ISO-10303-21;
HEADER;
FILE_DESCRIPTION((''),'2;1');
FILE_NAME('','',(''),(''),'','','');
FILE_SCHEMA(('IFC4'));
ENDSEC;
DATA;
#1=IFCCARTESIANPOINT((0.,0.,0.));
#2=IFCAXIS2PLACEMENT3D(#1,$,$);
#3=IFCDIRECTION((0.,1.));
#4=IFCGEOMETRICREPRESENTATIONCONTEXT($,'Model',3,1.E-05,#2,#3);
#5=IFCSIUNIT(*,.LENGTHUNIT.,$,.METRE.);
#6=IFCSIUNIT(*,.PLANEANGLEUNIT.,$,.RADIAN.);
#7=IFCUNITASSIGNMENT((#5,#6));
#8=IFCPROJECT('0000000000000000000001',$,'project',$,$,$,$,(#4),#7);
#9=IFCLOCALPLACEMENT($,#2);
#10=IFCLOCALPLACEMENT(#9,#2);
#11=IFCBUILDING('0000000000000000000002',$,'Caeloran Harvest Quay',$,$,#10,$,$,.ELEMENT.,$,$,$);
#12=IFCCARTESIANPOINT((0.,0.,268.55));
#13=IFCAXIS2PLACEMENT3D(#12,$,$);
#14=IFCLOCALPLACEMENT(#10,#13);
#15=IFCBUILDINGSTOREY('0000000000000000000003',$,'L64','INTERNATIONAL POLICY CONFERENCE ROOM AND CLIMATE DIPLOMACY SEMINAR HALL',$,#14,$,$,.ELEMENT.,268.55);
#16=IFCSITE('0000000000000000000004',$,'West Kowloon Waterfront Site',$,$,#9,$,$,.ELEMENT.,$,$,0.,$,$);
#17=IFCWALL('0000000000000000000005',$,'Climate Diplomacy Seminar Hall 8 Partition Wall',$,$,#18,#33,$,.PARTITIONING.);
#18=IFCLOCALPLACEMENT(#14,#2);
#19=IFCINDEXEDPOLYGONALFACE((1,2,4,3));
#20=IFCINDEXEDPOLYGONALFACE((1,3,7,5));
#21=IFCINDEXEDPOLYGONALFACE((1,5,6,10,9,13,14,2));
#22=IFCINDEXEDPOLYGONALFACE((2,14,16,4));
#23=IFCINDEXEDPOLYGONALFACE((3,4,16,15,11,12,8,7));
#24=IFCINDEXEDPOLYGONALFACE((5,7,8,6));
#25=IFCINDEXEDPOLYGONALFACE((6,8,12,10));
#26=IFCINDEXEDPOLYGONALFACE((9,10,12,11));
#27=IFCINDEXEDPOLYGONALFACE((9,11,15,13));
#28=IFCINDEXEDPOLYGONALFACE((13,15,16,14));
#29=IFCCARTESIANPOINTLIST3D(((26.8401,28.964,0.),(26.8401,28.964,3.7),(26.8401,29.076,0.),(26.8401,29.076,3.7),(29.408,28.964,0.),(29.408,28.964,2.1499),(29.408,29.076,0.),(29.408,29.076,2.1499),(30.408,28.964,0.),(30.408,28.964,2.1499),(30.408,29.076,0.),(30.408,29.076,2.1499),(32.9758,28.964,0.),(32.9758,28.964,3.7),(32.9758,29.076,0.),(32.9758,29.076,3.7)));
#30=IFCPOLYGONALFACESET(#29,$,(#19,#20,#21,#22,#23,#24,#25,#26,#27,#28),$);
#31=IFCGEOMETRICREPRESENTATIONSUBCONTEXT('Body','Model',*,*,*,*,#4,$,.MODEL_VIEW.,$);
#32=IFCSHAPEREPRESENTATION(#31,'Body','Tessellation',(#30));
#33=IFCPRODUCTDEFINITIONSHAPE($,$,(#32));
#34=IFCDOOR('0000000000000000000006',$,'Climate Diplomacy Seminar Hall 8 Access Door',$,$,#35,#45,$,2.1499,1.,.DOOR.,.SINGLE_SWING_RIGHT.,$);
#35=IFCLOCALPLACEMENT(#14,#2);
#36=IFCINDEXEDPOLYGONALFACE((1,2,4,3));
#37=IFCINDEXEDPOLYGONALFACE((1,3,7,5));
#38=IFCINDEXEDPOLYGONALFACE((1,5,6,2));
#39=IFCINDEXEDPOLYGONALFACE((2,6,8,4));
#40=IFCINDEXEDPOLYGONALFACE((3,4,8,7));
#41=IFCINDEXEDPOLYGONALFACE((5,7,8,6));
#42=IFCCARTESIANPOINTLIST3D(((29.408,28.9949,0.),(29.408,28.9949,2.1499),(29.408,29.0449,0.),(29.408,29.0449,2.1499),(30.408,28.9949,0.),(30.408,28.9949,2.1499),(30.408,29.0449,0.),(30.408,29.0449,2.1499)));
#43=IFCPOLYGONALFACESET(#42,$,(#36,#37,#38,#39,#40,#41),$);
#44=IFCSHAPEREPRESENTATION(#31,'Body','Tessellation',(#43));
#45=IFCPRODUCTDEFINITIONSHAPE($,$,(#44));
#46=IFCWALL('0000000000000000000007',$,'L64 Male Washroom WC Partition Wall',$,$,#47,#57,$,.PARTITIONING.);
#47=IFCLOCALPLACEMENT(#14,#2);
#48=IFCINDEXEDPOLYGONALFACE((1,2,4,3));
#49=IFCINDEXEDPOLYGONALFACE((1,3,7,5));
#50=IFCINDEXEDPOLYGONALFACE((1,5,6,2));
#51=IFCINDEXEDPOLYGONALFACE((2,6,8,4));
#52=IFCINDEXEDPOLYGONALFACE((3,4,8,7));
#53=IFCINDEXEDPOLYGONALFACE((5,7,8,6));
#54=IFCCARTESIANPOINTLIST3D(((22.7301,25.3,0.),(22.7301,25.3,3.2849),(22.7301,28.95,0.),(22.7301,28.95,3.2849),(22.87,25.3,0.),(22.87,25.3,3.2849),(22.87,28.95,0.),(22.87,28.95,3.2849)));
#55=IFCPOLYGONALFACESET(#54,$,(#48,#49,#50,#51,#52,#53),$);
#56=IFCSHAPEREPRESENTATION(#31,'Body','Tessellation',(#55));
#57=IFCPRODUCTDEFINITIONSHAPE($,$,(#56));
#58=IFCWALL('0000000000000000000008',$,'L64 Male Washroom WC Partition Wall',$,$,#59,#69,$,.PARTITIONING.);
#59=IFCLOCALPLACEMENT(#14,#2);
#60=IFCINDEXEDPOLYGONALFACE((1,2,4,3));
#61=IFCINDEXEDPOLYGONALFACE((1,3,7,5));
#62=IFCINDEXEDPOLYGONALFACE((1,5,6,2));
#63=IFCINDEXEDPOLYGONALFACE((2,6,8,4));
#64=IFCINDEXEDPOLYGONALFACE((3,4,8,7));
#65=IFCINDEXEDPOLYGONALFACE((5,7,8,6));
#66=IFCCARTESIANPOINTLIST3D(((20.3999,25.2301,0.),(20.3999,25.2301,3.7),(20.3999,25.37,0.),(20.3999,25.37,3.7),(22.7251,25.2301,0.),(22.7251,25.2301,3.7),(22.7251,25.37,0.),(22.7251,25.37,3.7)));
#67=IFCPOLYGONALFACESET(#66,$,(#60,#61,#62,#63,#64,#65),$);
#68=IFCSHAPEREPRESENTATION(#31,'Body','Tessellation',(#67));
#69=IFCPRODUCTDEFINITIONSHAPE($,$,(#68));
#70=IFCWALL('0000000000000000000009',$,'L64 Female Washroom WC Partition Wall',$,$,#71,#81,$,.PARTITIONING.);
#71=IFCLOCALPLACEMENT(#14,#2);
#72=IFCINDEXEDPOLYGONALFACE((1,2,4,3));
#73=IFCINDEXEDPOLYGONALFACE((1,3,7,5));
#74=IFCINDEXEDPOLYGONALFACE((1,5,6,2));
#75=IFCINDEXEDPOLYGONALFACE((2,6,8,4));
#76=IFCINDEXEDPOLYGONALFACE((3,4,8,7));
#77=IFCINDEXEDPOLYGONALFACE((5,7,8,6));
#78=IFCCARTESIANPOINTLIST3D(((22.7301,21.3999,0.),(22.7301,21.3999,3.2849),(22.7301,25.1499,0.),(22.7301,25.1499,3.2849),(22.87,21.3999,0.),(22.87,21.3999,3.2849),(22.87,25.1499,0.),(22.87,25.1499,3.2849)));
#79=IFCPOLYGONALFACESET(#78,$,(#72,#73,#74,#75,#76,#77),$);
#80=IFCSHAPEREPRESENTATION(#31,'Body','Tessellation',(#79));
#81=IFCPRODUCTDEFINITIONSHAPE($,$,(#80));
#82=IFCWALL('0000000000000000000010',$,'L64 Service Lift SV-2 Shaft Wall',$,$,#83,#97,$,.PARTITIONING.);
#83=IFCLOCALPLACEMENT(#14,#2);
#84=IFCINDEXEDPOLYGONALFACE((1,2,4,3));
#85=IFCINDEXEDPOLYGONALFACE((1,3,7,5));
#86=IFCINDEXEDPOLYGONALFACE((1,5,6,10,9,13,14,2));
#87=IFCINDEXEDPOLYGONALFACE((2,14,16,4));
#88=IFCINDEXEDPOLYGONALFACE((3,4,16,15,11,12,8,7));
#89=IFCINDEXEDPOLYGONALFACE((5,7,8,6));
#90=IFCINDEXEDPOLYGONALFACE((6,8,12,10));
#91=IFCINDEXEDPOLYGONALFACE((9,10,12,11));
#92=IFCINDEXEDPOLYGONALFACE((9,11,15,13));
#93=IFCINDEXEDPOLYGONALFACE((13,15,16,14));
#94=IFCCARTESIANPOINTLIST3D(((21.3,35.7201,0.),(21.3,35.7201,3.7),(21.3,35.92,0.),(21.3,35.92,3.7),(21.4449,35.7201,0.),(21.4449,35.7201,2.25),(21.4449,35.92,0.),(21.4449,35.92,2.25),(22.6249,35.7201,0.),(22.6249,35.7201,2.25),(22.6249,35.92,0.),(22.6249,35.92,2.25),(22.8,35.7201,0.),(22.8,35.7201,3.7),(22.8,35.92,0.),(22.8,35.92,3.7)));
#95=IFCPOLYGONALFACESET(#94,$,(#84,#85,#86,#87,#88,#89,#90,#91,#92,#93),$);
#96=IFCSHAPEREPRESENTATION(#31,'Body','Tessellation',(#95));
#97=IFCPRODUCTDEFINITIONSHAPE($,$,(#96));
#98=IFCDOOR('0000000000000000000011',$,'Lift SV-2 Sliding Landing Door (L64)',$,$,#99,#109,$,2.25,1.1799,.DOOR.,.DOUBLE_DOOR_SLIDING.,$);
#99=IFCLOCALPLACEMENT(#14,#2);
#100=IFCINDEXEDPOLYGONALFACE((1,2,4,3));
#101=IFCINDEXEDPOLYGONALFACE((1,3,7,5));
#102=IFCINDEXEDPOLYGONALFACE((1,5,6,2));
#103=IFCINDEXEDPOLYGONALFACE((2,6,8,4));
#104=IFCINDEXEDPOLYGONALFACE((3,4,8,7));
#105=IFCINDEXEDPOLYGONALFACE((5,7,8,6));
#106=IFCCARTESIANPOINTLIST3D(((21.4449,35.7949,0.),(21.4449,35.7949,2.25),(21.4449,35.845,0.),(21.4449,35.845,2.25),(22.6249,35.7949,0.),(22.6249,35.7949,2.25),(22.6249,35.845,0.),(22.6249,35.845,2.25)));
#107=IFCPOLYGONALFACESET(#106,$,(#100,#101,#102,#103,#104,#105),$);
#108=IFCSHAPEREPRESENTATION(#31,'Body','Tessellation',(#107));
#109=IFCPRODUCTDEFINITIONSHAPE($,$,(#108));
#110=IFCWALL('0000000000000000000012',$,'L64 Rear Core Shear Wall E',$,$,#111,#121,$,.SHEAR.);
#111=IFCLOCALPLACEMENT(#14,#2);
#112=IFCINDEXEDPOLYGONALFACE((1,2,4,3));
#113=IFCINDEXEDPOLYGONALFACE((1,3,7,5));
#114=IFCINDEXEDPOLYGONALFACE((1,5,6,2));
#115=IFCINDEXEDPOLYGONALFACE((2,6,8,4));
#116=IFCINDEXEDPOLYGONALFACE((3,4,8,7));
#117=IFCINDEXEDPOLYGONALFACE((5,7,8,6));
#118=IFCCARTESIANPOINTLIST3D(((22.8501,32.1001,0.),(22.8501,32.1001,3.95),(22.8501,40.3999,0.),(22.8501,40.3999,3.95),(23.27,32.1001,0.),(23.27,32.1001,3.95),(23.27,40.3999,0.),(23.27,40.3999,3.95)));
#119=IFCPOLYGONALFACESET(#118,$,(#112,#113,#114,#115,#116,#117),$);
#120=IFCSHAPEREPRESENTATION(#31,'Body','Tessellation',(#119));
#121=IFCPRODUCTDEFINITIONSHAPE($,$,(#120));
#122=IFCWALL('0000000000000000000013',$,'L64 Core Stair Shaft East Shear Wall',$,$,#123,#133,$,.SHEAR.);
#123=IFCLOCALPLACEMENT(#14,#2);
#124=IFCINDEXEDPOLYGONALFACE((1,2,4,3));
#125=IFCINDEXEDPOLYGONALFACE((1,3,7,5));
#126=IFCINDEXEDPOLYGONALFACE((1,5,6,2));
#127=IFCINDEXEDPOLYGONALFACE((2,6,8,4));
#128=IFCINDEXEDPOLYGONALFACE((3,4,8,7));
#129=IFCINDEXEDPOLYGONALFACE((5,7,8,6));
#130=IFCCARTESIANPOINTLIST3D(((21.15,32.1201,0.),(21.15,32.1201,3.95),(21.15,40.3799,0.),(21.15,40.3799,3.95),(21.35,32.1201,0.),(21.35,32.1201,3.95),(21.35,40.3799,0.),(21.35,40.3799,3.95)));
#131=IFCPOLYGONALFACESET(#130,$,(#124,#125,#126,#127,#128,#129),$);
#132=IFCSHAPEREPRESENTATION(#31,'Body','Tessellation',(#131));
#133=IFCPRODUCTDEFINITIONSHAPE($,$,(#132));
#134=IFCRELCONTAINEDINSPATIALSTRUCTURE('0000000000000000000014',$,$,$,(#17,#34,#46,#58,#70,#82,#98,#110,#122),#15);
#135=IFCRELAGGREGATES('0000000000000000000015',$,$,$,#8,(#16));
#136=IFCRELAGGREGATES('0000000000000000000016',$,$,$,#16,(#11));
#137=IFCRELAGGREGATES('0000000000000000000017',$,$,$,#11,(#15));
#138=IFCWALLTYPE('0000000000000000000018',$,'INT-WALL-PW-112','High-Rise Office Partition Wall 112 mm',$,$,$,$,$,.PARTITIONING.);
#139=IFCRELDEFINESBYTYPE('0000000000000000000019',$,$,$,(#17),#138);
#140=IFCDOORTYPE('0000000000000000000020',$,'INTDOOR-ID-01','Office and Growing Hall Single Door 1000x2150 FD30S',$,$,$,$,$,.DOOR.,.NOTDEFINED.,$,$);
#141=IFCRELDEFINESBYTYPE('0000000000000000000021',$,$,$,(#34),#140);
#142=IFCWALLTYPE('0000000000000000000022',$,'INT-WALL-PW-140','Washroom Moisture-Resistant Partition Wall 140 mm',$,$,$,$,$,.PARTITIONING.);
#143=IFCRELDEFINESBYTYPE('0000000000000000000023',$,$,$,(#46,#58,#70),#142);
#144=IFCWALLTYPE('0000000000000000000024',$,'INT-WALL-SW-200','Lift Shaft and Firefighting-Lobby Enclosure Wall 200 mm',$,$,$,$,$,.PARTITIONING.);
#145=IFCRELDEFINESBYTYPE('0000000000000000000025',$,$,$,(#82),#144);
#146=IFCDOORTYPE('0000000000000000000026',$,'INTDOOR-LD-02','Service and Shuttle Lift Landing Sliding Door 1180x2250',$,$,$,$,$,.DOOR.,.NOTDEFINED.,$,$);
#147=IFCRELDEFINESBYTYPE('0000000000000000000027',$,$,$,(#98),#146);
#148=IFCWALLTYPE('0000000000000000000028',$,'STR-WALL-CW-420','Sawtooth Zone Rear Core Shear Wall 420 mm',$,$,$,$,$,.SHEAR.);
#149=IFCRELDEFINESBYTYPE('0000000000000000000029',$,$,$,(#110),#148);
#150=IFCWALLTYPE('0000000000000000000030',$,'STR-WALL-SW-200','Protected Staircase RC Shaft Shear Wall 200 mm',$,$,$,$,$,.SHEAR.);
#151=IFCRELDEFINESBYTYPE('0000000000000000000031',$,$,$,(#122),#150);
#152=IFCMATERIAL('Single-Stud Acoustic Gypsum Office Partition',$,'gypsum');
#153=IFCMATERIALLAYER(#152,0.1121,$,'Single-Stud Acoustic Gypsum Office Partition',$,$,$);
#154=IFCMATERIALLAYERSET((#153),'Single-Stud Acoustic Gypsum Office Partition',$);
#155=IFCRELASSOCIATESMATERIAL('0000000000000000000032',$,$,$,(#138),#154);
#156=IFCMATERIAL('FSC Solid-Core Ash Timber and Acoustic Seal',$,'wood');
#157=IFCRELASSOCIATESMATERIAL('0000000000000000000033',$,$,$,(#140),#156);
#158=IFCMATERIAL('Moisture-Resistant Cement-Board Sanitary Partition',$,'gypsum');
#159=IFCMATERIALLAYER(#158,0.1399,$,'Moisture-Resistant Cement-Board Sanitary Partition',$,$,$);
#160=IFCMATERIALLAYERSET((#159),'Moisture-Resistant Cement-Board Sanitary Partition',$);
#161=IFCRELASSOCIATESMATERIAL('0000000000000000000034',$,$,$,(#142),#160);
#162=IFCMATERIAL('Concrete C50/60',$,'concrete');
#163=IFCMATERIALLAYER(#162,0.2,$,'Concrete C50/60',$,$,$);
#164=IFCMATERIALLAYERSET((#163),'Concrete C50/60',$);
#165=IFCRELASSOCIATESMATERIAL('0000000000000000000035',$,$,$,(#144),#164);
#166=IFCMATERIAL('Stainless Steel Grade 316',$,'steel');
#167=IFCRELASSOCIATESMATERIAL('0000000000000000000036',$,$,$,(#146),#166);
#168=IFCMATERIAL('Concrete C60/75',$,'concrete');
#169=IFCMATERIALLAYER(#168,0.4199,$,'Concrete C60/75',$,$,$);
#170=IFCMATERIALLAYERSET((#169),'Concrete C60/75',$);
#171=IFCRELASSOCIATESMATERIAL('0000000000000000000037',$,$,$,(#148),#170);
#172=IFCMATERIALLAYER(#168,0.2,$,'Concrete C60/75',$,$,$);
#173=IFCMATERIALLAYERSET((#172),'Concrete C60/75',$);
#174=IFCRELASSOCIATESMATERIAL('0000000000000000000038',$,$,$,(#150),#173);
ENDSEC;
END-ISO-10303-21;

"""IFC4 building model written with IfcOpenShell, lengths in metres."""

from ifc_helpers import new_model, si_unit, direction, frame, frame_2d, origin, place, context, subcontext, project, spatial, rectangle, extrude, material, layer, layer_set, type_object, element, fill, save


model = new_model("IFC4")

# Units and contexts
model_context = context("Model", 3, precision=1e-05, world=origin(), true_north=direction((0.0, 1.0)))
body_context = subcontext(model_context, "Body", "Model", "MODEL_VIEW")
ifc_project = project(units=[si_unit("LENGTHUNIT", "METRE"), si_unit("PLANEANGLEUNIT", "RADIAN")], contexts=[model_context])

# Site, building, storey
site_placement = place(None, origin())
site = spatial("IfcSite", under=ifc_project, at=site_placement, Name="West Kowloon Waterfront Site", CompositionType="ELEMENT", RefElevation=0.0)
building_placement = place(site_placement, origin())
building = spatial("IfcBuilding", under=site, at=building_placement, Name="Caeloran Harvest Quay", CompositionType="ELEMENT")
storey_placement = place(building_placement, frame((0.0, 0.0, 268.55)))
storey = spatial("IfcBuildingStorey", under=building, at=storey_placement, Name="L64", Description="INTERNATIONAL POLICY CONFERENCE ROOM AND CLIMATE DIPLOMACY SEMINAR HALL", CompositionType="ELEMENT", Elevation=268.55)

# Shared definitions
ifc_material_1 = material(Name="Concrete C60/75", Category="concrete")

# Shared definitions
ifc_material_2 = material(Name="Single-Stud Acoustic Gypsum Office Partition", Category="gypsum")
ifc_layer_1 = layer(ifc_material_2, 0.1121, Name="Single-Stud Acoustic Gypsum Office Partition")
ifc_layer_set_1 = layer_set([ifc_layer_1], Name="Single-Stud Acoustic Gypsum Office Partition")
wall_type_1 = type_object("IfcWallType", Name="INT-WALL-PW-112", Description="High-Rise Office Partition Wall 112 mm", PredefinedType="PARTITIONING", material=ifc_layer_set_1)
ifc_material_3 = material(Name="FSC Solid-Core Ash Timber and Acoustic Seal", Category="wood")
door_type_1 = type_object("IfcDoorType", Name="INTDOOR-ID-01", Description="Office and Growing Hall Single Door 1000x2150 FD30S", OperationType="NOTDEFINED", PredefinedType="DOOR", material=ifc_material_3)

# Wall, opening, door
wall_1_placement = place(storey_placement, frame((26.8401, 29.02, 0.0), z_axis=(0.0, 0.0, 1.0), x_axis=(1.0, 0.0, 0.0)))
wall_1 = element("IfcWall", 1, at=wall_1_placement, inside=storey, type_object=wall_type_1, Name="Climate Diplomacy Seminar Hall 8 Partition Wall", PredefinedType="PARTITIONING", context=body_context, shape_type="SweptSolid", body=[
    extrude(rectangle(XDim=6.1357, YDim=0.1121, at=frame_2d((3.0679, 0.0))), origin(), (0.0, 0.0, 1.0), 3.7),
])
opening_1_placement = place(wall_1_placement, frame((2.5679, 0.0, 0.0)))
opening_1 = element("IfcOpeningElement", 2, at=opening_1_placement, cuts=wall_1, PredefinedType="OPENING", context=body_context, shape_type="SweptSolid", body=[
    extrude(rectangle(XDim=1.0, YDim=2.1499, at=frame_2d((0.5, 1.075))), frame((0.0, 0.0659, 0.0), z_axis=(0.0, -1.0, 0.0), x_axis=(1.0, 0.0, 0.0)), (0.0, 0.0, 1.0), 0.1321),
])
door_1_placement = place(opening_1_placement, origin())
door_1 = element("IfcDoor", 3, at=door_1_placement, inside=storey, type_object=door_type_1, Name="Climate Diplomacy Seminar Hall 8 Access Door", OperationType="SINGLE_SWING_RIGHT", OverallHeight=2.1499, OverallWidth=1.0, PredefinedType="DOOR", context=body_context, shape_type="SweptSolid", body=[
    extrude(rectangle(XDim=1.0, YDim=2.1499, at=frame_2d((0.5, 1.075))), frame((0.0, 0.0249, 0.0), z_axis=(0.0, -1.0, 0.0), x_axis=(1.0, 0.0, 0.0)), (0.0, 0.0, 1.0), 0.05),
])
fill(opening_1, door_1)

# Walls
ifc_material_4 = material(Name="Moisture-Resistant Cement-Board Sanitary Partition", Category="gypsum")
ifc_layer_2 = layer(ifc_material_4, 0.1399, Name="Moisture-Resistant Cement-Board Sanitary Partition")
ifc_layer_set_2 = layer_set([ifc_layer_2], Name="Moisture-Resistant Cement-Board Sanitary Partition")
wall_type_2 = type_object("IfcWallType", Name="INT-WALL-PW-140", Description="Washroom Moisture-Resistant Partition Wall 140 mm", PredefinedType="PARTITIONING", material=ifc_layer_set_2)
wall_2_placement = place(storey_placement, frame((22.8, 28.95, 0.0), z_axis=(0.0, 0.0, 1.0), x_axis=(0.0, -1.0, 0.0)))
element("IfcWall", 4, at=wall_2_placement, inside=storey, type_object=wall_type_2, Name="L64 Male Washroom WC Partition Wall", PredefinedType="PARTITIONING", context=body_context, shape_type="SweptSolid", body=[
    extrude(rectangle(XDim=3.6499, YDim=0.1399, at=frame_2d((1.825, 0.0))), origin(), (0.0, 0.0, 1.0), 3.2849),
])
wall_3_placement = place(storey_placement, frame((22.7251, 25.3, 0.0), z_axis=(0.0, 0.0, 1.0), x_axis=(-1.0, 0.0, 0.0)))
element("IfcWall", 5, at=wall_3_placement, inside=storey, type_object=wall_type_2, Name="L64 Male Washroom WC Partition Wall", PredefinedType="PARTITIONING", context=body_context, shape_type="SweptSolid", body=[
    extrude(rectangle(XDim=2.3252, YDim=0.1399, at=frame_2d((1.1626, 0.0))), origin(), (0.0, 0.0, 1.0), 3.7),
])
wall_4_placement = place(storey_placement, frame((22.8, 25.1499, 0.0), z_axis=(0.0, 0.0, 1.0), x_axis=(0.0, -1.0, 0.0)))
element("IfcWall", 6, at=wall_4_placement, inside=storey, type_object=wall_type_2, Name="L64 Female Washroom WC Partition Wall", PredefinedType="PARTITIONING", context=body_context, shape_type="SweptSolid", body=[
    extrude(rectangle(XDim=3.75, YDim=0.1399, at=frame_2d((1.875, 0.0))), origin(), (0.0, 0.0, 1.0), 3.2849),
])

# Wall, opening, door
ifc_material_5 = material(Name="Concrete C50/60", Category="concrete")
ifc_layer_3 = layer(ifc_material_5, 0.2, Name="Concrete C50/60")
ifc_layer_set_3 = layer_set([ifc_layer_3], Name="Concrete C50/60")
wall_type_3 = type_object("IfcWallType", Name="INT-WALL-SW-200", Description="Lift Shaft and Firefighting-Lobby Enclosure Wall 200 mm", PredefinedType="PARTITIONING", material=ifc_layer_set_3)
wall_5_placement = place(storey_placement, frame((21.3, 35.8201, 0.0), z_axis=(0.0, 0.0, 1.0), x_axis=(1.0, 0.0, 0.0)))
wall_5 = element("IfcWall", 7, at=wall_5_placement, inside=storey, type_object=wall_type_3, Name="L64 Service Lift SV-2 Shaft Wall", PredefinedType="PARTITIONING", context=body_context, shape_type="SweptSolid", body=[
    extrude(rectangle(XDim=1.5, YDim=0.2, at=frame_2d((0.75, 0.0))), origin(), (0.0, 0.0, 1.0), 3.7),
])
opening_2_placement = place(wall_5_placement, frame((0.145, 0.0, 0.0)))
opening_2 = element("IfcOpeningElement", 8, at=opening_2_placement, cuts=wall_5, PredefinedType="OPENING", context=body_context, shape_type="SweptSolid", body=[
    extrude(rectangle(XDim=1.1799, YDim=2.25, at=frame_2d((0.5898, 1.125))), frame((0.0, 0.1099, 0.0), z_axis=(0.0, -1.0, 0.0), x_axis=(1.0, 0.0, 0.0)), (0.0, 0.0, 1.0), 0.22),
])
ifc_material_6 = material(Name="Stainless Steel Grade 316", Category="steel")
door_type_2 = type_object("IfcDoorType", Name="INTDOOR-LD-02", Description="Service and Shuttle Lift Landing Sliding Door 1180x2250", OperationType="NOTDEFINED", PredefinedType="DOOR", material=ifc_material_6)
door_2_placement = place(opening_2_placement, origin())
door_2 = element("IfcDoor", 9, at=door_2_placement, inside=storey, type_object=door_type_2, Name="Lift SV-2 Sliding Landing Door (L64)", OperationType="DOUBLE_DOOR_SLIDING", OverallHeight=2.25, OverallWidth=1.1799, PredefinedType="DOOR", context=body_context, shape_type="SweptSolid", body=[
    extrude(rectangle(XDim=1.1799, YDim=2.25, at=frame_2d((0.5898, 1.125))), frame((0.0, 0.0249, 0.0), z_axis=(0.0, -1.0, 0.0), x_axis=(1.0, 0.0, 0.0)), (0.0, 0.0, 1.0), 0.05),
])
fill(opening_2, door_2)

# Walls
ifc_layer_4 = layer(ifc_material_1, 0.4199, Name="Concrete C60/75")
ifc_layer_set_4 = layer_set([ifc_layer_4], Name="Concrete C60/75")
wall_type_4 = type_object("IfcWallType", Name="STR-WALL-CW-420", Description="Sawtooth Zone Rear Core Shear Wall 420 mm", PredefinedType="SHEAR", material=ifc_layer_set_4)
wall_6_placement = place(storey_placement, frame((23.0601, 32.1001, 0.0), z_axis=(0.0, 0.0, 1.0), x_axis=(0.0, 1.0, 0.0)))
element("IfcWall", 10, at=wall_6_placement, inside=storey, type_object=wall_type_4, Name="L64 Rear Core Shear Wall E", PredefinedType="SHEAR", context=body_context, shape_type="SweptSolid", body=[
    extrude(rectangle(XDim=8.2998, YDim=0.4199, at=frame_2d((4.1499, 0.0))), origin(), (0.0, 0.0, 1.0), 3.95),
])
ifc_layer_5 = layer(ifc_material_1, 0.2, Name="Concrete C60/75")
ifc_layer_set_5 = layer_set([ifc_layer_5], Name="Concrete C60/75")
wall_type_5 = type_object("IfcWallType", Name="STR-WALL-SW-200", Description="Protected Staircase RC Shaft Shear Wall 200 mm", PredefinedType="SHEAR", material=ifc_layer_set_5)
wall_7_placement = place(storey_placement, frame((21.25, 32.1201, 0.0), z_axis=(0.0, 0.0, 1.0), x_axis=(0.0, 1.0, 0.0)))
element("IfcWall", 11, at=wall_7_placement, inside=storey, type_object=wall_type_5, Name="L64 Core Stair Shaft East Shear Wall", PredefinedType="SHEAR", context=body_context, shape_type="SweptSolid", body=[
    extrude(rectangle(XDim=8.2598, YDim=0.2, at=frame_2d((4.1299, 0.0))), origin(), (0.0, 0.0, 1.0), 3.95),
])

save(model, "model.ifc")
